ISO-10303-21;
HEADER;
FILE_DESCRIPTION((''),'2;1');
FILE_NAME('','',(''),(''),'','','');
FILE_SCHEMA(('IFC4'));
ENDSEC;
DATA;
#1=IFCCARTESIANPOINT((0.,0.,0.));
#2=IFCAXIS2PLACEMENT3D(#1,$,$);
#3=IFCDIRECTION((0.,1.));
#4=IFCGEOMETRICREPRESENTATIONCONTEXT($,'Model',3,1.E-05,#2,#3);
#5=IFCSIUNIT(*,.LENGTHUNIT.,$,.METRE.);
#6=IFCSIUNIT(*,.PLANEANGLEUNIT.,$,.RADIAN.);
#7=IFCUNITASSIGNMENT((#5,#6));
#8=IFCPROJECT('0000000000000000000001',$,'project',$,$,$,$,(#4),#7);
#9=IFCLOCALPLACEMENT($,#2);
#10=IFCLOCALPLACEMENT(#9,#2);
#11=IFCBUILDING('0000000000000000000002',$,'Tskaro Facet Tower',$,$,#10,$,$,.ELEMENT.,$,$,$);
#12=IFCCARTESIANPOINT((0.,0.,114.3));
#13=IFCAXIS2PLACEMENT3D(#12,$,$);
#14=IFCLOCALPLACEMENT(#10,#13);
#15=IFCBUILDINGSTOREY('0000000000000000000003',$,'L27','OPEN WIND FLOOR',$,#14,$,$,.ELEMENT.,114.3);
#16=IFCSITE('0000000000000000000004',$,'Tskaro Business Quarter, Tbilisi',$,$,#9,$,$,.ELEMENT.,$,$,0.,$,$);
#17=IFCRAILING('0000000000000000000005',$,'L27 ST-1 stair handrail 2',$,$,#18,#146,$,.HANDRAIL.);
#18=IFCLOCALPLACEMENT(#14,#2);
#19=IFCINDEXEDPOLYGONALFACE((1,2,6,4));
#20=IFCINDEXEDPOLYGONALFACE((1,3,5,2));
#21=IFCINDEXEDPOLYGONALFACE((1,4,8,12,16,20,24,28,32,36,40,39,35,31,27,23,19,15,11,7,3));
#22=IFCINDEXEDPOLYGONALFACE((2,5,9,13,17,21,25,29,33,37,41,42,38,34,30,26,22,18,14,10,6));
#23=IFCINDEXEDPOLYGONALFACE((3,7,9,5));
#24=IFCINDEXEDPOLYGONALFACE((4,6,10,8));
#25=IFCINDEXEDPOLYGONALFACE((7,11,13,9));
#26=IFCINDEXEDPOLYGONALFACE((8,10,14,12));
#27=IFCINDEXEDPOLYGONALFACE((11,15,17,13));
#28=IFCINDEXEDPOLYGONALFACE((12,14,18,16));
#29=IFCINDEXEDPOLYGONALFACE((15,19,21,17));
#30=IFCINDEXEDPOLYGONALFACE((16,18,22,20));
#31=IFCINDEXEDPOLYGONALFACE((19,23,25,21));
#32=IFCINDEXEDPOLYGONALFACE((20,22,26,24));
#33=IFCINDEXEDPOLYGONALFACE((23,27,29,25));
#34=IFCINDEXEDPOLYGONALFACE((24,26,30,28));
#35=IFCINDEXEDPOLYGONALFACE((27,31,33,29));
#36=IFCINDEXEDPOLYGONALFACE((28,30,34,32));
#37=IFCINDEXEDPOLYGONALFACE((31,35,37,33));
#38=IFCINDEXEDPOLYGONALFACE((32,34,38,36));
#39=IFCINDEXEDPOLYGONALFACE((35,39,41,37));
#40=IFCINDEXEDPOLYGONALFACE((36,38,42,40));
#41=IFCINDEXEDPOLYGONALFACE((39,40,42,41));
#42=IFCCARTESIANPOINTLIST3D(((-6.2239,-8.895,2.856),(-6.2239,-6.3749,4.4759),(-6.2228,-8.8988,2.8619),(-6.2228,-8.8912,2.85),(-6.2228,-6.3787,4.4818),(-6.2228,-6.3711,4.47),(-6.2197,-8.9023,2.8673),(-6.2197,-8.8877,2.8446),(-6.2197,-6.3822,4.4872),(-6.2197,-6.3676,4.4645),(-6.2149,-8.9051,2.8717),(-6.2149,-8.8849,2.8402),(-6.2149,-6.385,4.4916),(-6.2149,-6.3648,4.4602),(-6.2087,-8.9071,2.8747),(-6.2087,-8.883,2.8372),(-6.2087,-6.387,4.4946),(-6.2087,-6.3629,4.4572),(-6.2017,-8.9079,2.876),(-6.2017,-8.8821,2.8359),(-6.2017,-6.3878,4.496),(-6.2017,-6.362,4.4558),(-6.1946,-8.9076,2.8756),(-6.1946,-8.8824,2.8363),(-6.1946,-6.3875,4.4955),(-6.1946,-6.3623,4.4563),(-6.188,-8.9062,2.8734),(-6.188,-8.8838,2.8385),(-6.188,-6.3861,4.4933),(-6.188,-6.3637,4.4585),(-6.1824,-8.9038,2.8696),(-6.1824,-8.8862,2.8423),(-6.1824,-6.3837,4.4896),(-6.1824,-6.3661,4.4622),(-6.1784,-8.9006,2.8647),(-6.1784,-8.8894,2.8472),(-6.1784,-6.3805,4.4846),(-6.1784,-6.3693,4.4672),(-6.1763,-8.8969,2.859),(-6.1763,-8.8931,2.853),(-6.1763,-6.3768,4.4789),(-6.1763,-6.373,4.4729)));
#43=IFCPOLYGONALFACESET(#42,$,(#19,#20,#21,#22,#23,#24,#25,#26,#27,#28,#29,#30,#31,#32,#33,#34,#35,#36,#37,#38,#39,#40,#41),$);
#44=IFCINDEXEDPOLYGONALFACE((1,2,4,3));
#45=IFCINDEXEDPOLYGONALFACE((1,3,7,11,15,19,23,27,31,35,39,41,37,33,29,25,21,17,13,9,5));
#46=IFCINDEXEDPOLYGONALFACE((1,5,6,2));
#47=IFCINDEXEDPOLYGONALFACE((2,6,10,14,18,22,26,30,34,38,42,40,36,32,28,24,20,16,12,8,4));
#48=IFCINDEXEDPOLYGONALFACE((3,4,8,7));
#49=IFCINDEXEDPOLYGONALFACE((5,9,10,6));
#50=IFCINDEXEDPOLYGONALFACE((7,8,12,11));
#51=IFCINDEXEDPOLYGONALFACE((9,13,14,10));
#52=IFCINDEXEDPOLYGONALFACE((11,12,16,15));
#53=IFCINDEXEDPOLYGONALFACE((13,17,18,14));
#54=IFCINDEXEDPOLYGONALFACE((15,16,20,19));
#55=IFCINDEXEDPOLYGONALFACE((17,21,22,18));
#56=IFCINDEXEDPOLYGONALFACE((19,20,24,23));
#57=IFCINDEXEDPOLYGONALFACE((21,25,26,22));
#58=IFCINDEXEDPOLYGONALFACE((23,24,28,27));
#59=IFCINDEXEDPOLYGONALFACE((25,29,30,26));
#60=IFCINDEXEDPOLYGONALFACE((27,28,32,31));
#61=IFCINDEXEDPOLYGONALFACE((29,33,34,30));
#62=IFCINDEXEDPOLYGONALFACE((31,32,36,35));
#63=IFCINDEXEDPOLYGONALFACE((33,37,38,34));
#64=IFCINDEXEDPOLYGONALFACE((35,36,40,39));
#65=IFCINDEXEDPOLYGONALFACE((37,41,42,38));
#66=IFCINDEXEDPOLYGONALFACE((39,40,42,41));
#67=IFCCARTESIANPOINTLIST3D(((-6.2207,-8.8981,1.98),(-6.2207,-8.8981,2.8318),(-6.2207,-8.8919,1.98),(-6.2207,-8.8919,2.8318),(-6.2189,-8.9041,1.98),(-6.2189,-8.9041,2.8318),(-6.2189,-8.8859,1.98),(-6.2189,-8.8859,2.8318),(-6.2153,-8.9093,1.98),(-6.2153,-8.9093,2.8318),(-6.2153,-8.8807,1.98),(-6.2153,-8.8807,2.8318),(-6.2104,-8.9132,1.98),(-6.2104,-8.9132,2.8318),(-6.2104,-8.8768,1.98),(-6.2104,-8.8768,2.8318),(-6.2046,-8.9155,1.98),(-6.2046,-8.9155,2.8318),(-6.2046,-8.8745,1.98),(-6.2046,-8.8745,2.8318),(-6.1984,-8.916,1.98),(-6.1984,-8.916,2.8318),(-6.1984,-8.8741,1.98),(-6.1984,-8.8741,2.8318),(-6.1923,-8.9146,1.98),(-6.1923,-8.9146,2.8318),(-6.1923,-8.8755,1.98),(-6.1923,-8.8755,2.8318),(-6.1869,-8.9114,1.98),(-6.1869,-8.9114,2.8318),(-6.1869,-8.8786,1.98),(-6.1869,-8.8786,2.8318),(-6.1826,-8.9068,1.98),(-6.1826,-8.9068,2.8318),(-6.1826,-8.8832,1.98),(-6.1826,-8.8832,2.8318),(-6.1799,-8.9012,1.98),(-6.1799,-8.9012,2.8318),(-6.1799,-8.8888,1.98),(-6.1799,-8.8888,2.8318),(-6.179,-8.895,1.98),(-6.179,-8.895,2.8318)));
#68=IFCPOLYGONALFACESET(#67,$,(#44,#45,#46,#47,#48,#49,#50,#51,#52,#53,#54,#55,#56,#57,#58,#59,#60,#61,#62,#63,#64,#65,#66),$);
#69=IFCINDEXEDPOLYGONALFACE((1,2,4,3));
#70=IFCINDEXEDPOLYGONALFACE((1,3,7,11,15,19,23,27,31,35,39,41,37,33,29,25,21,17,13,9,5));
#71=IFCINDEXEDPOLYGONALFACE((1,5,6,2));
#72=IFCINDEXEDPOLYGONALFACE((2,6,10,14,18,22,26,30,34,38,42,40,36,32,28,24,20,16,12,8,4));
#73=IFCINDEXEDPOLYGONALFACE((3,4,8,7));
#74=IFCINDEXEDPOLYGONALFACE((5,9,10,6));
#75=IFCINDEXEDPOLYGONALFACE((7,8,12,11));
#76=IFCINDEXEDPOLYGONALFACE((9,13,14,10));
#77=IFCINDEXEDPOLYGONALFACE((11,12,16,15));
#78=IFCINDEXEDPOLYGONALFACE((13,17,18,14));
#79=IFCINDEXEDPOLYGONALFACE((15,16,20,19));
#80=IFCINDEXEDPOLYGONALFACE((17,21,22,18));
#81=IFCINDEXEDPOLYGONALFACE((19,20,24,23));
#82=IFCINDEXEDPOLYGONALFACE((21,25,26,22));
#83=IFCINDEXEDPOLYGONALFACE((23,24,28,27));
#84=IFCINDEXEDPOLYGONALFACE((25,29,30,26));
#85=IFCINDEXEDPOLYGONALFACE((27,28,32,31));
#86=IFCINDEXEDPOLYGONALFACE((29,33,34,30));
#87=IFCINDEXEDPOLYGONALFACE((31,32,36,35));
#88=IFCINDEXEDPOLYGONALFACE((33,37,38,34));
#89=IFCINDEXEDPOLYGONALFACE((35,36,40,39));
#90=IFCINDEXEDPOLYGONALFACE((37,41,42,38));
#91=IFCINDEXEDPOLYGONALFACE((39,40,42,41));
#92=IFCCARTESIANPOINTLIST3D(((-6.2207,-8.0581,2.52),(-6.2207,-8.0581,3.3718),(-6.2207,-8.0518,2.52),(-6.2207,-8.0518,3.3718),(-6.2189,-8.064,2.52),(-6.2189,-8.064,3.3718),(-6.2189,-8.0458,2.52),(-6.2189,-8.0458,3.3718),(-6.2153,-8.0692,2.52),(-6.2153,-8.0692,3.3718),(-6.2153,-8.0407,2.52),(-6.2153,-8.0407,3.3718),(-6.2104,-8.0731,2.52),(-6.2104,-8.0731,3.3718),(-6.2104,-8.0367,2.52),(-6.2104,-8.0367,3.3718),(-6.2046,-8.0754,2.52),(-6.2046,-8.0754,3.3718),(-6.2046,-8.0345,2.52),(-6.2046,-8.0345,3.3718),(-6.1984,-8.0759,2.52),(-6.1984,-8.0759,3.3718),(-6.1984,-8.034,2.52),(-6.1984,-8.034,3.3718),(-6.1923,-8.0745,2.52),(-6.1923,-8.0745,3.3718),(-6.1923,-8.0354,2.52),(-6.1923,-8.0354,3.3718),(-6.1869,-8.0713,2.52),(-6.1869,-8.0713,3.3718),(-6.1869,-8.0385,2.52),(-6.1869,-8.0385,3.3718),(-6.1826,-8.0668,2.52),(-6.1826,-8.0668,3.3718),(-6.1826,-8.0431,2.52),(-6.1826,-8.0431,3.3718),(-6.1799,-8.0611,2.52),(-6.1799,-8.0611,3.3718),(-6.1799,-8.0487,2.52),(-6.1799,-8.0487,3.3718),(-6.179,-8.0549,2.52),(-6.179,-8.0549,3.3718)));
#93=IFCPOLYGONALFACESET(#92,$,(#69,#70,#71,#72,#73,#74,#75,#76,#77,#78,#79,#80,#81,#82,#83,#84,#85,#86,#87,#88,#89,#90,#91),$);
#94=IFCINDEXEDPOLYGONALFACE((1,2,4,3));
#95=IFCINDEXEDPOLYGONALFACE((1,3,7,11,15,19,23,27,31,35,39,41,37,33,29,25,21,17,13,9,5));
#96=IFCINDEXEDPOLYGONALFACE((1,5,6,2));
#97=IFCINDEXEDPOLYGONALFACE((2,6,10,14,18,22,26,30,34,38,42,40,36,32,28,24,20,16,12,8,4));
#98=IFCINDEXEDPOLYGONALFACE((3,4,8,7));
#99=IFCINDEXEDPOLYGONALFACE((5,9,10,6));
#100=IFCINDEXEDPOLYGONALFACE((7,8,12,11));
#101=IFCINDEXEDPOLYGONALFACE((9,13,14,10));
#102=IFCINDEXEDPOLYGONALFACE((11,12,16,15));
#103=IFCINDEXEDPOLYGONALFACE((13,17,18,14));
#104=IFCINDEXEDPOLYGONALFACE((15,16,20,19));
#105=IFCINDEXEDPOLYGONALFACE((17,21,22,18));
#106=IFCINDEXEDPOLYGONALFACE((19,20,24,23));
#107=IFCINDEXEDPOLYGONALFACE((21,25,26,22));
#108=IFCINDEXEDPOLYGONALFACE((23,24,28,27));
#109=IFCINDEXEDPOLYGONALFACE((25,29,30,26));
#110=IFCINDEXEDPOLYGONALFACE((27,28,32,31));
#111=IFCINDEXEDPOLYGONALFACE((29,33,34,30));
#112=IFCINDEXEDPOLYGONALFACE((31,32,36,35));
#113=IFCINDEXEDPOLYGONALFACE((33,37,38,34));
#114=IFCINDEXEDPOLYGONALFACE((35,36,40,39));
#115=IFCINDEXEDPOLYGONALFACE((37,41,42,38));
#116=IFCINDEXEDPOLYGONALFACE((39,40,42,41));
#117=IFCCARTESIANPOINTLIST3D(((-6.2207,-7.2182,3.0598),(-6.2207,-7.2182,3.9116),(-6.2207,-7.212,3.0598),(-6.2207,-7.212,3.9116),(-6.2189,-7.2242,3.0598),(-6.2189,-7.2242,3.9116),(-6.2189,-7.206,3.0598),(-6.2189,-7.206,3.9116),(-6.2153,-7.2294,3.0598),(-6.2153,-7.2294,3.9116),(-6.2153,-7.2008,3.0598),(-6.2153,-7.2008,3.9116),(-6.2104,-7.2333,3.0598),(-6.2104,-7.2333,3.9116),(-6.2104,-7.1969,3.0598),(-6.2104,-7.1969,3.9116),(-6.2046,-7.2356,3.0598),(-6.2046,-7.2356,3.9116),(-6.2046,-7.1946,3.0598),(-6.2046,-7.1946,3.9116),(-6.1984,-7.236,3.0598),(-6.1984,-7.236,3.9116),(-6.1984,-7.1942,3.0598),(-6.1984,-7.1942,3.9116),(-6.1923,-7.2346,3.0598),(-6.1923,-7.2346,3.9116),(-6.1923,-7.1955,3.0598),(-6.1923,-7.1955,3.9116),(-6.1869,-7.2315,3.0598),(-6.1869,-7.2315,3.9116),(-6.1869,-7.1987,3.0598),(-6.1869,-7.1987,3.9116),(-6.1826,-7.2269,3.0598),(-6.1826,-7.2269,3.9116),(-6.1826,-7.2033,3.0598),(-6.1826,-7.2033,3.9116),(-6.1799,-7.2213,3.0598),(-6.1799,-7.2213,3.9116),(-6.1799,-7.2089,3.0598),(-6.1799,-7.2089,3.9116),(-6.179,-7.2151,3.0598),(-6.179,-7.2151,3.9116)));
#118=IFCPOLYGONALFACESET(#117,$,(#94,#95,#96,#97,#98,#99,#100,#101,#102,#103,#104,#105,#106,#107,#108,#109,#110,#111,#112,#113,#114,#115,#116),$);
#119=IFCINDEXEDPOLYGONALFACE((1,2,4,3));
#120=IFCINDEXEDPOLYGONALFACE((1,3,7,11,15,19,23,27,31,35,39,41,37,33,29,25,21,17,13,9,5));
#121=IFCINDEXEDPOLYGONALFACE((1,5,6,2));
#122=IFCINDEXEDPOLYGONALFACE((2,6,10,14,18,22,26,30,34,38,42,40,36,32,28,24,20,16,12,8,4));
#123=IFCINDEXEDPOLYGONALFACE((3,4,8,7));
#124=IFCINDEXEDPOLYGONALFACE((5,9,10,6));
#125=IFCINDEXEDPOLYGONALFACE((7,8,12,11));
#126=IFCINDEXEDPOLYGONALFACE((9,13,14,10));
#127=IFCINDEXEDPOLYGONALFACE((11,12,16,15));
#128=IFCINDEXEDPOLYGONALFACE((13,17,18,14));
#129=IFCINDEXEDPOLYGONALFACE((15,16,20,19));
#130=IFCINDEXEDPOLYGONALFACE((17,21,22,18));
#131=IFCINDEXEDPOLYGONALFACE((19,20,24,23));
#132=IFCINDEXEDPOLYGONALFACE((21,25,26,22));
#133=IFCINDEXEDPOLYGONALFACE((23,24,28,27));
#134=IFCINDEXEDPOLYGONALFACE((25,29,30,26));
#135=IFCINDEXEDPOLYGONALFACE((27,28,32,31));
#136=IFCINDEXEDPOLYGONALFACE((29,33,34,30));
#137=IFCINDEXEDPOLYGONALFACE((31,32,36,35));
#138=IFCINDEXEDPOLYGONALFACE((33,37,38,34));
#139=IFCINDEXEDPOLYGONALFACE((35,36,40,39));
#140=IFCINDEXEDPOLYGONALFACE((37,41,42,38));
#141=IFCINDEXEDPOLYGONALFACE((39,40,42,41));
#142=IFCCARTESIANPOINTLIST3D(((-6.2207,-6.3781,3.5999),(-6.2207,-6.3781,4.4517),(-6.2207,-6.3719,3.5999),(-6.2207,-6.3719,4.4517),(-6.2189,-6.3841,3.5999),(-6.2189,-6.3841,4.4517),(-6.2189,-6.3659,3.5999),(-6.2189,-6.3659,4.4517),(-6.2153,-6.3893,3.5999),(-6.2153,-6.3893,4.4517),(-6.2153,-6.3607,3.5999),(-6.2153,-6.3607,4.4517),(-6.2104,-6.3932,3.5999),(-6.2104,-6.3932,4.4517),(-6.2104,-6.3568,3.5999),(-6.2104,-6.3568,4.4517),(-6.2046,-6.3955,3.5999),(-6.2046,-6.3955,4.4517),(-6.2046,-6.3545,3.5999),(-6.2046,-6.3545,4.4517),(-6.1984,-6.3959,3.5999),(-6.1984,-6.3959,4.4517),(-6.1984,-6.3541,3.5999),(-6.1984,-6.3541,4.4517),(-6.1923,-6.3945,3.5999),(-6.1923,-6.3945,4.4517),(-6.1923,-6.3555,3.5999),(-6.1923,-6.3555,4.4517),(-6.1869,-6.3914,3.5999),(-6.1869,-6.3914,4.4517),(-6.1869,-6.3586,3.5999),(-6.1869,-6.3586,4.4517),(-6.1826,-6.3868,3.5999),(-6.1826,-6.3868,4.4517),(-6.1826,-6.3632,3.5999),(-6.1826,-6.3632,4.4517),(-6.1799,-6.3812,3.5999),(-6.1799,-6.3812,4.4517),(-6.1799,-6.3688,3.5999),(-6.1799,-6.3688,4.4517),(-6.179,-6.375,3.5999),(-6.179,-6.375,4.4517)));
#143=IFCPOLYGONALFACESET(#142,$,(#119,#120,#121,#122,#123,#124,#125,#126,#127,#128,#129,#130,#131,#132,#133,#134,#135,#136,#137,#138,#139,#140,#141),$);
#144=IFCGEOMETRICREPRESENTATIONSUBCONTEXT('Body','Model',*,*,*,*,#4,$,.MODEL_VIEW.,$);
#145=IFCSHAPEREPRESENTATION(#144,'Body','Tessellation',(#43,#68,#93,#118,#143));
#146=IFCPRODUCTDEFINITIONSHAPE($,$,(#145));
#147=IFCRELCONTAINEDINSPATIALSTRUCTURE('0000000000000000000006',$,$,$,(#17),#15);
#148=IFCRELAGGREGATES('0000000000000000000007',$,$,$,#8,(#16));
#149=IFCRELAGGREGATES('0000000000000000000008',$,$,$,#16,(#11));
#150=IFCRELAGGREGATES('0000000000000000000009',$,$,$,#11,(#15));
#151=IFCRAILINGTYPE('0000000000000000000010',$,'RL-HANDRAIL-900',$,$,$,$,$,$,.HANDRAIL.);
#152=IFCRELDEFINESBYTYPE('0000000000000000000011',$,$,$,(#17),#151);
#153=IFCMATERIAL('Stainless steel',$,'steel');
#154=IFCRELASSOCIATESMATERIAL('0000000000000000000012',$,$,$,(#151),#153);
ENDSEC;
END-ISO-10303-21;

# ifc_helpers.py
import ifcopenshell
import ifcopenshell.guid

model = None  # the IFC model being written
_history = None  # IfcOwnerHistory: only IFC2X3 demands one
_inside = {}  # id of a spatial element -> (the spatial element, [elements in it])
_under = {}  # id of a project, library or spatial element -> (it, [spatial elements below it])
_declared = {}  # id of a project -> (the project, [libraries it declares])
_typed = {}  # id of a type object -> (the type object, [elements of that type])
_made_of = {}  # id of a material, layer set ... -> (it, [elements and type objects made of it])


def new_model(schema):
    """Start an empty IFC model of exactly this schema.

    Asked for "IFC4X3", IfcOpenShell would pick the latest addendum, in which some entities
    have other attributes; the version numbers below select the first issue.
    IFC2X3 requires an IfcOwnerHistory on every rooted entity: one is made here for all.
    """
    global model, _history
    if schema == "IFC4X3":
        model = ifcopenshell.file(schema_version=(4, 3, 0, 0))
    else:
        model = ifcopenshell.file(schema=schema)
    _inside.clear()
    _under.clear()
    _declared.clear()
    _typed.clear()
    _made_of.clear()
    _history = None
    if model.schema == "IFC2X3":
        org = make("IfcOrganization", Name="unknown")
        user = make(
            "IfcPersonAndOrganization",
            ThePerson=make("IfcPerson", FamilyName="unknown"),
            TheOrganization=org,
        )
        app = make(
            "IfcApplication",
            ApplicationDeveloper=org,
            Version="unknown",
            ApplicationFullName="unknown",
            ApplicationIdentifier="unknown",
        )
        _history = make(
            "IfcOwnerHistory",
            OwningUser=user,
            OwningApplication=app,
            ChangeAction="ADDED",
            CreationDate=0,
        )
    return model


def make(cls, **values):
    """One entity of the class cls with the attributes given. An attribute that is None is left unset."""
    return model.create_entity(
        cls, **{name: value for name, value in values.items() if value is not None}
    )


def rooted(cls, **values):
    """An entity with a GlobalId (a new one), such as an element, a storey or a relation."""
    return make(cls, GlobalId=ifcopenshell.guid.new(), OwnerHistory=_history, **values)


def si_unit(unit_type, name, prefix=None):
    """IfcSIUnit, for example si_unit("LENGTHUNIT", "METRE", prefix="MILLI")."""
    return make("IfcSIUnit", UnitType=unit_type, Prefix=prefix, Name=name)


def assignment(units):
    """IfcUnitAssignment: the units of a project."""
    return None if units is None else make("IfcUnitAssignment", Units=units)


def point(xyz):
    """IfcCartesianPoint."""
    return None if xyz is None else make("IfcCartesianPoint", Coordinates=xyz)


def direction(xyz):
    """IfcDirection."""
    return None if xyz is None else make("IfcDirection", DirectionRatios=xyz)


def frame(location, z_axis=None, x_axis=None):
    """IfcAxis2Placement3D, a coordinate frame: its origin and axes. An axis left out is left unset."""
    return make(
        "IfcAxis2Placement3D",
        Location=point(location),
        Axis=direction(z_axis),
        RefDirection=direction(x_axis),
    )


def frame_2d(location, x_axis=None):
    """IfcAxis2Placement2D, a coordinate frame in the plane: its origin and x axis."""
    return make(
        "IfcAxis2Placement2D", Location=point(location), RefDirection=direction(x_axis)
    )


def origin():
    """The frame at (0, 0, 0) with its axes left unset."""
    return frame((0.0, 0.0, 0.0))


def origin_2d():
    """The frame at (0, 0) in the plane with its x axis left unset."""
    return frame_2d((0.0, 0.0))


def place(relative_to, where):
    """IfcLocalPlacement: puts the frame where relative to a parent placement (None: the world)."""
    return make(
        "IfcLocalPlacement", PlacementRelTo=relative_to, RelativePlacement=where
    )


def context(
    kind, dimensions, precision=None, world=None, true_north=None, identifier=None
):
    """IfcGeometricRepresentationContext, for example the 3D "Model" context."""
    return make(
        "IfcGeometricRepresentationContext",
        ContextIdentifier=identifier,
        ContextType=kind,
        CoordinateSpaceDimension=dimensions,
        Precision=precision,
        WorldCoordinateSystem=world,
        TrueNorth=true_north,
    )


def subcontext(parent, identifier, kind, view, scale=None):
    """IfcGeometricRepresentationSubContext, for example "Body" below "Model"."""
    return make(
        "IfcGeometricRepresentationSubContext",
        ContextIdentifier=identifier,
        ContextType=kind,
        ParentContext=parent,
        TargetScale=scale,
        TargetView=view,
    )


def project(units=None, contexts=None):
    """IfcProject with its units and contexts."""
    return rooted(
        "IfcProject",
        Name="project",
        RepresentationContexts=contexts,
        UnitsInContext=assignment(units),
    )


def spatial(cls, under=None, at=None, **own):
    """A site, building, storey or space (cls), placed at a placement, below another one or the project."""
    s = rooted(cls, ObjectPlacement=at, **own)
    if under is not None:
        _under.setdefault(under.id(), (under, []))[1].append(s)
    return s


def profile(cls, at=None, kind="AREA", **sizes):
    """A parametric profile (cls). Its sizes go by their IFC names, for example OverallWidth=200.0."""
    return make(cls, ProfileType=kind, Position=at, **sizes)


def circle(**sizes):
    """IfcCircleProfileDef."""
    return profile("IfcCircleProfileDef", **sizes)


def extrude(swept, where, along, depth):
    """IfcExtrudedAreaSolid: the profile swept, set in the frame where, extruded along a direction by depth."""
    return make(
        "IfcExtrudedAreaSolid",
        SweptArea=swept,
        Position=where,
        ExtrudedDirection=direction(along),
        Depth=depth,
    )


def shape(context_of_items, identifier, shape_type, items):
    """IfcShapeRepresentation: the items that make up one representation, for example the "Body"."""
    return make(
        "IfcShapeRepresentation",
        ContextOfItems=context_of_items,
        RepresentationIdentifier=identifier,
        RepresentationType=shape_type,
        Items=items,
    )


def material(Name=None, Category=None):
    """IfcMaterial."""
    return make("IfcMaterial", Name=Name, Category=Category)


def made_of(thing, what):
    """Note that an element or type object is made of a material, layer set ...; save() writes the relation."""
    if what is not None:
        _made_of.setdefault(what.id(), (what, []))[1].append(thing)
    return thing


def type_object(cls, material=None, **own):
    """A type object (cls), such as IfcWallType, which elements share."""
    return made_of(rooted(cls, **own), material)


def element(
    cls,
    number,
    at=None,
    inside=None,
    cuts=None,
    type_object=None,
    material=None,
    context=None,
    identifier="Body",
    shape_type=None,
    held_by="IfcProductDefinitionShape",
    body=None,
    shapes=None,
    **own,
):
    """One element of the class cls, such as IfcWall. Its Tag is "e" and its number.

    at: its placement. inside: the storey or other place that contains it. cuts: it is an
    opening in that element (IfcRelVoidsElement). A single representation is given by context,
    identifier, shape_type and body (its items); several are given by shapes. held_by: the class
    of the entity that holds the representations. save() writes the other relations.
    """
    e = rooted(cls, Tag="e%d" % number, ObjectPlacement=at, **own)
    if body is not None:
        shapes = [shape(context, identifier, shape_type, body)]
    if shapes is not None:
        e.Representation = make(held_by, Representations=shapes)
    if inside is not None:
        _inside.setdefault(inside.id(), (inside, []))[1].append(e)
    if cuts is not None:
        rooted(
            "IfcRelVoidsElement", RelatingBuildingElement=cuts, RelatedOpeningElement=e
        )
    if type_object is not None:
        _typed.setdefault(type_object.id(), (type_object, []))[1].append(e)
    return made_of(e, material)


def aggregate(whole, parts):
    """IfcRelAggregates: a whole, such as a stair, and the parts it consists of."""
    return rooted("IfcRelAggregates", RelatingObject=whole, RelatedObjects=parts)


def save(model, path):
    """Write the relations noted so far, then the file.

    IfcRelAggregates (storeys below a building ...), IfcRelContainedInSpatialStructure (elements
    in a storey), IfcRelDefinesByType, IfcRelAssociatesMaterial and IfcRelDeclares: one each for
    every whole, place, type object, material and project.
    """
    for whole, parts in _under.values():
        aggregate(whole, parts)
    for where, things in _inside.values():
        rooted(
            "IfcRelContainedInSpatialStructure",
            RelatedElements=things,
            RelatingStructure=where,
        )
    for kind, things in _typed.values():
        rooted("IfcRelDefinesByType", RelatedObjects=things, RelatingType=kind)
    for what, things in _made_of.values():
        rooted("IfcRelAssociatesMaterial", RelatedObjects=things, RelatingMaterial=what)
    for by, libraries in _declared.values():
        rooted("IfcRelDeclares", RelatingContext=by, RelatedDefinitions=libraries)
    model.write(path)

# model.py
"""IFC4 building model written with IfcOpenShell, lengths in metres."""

from ifc_helpers import new_model, si_unit, direction, frame, origin, origin_2d, place, context, subcontext, project, spatial, circle, extrude, material, type_object, element, save


model = new_model("IFC4")

# Units and contexts
model_context = context("Model", 3, precision=1e-05, world=origin(), true_north=direction((0.0, 1.0)))
body_context = subcontext(model_context, "Body", "Model", "MODEL_VIEW")
ifc_project = project(units=[si_unit("LENGTHUNIT", "METRE"), si_unit("PLANEANGLEUNIT", "RADIAN")], contexts=[model_context])

# Site, building, storey
site_placement = place(None, origin())
site = spatial("IfcSite", under=ifc_project, at=site_placement, Name="Tskaro Business Quarter, Tbilisi", CompositionType="ELEMENT", RefElevation=0.0)
building_placement = place(site_placement, origin())
building = spatial("IfcBuilding", under=site, at=building_placement, Name="Tskaro Facet Tower", CompositionType="ELEMENT")
storey_placement = place(building_placement, frame((0.0, 0.0, 114.3)))
storey = spatial("IfcBuildingStorey", under=building, at=storey_placement, Name="L27", Description="OPEN WIND FLOOR", CompositionType="ELEMENT", Elevation=114.3)

# Shared definitions
ifc_material_1 = material(Name="Stainless steel", Category="steel")

# Railing
railing_type_1 = type_object("IfcRailingType", Name="RL-HANDRAIL-900", PredefinedType="HANDRAIL", material=ifc_material_1)
railing_1_placement = place(storey_placement, frame((-6.2, -8.895, 1.98)))
element("IfcRailing", 1, at=railing_1_placement, inside=storey, type_object=railing_type_1, Name="L27 ST-1 stair handrail 2", PredefinedType="HANDRAIL", context=body_context, shape_type="SweptSolid", body=[
    extrude(circle(Radius=0.0239, at=origin_2d()), frame((0.0, 0.0, 0.876), z_axis=(0.0, 0.8412, 0.540725), x_axis=(-1.0, 0.0, 0.0)), (0.0, 0.0, 1.0), 2.9958),
    extrude(circle(Radius=0.021, at=origin_2d()), origin(), (0.0, 0.0, 1.0), 0.8518),
    extrude(circle(Radius=0.021, at=origin_2d()), frame((0.0, 0.8401, 0.54)), (0.0, 0.0, 1.0), 0.8518),
    extrude(circle(Radius=0.021, at=origin_2d()), frame((0.0, 1.6799, 1.0798)), (0.0, 0.0, 1.0), 0.8518),
    extrude(circle(Radius=0.021, at=origin_2d()), frame((0.0, 2.52, 1.6199)), (0.0, 0.0, 1.0), 0.8518),
])

save(model, "model.ifc")
